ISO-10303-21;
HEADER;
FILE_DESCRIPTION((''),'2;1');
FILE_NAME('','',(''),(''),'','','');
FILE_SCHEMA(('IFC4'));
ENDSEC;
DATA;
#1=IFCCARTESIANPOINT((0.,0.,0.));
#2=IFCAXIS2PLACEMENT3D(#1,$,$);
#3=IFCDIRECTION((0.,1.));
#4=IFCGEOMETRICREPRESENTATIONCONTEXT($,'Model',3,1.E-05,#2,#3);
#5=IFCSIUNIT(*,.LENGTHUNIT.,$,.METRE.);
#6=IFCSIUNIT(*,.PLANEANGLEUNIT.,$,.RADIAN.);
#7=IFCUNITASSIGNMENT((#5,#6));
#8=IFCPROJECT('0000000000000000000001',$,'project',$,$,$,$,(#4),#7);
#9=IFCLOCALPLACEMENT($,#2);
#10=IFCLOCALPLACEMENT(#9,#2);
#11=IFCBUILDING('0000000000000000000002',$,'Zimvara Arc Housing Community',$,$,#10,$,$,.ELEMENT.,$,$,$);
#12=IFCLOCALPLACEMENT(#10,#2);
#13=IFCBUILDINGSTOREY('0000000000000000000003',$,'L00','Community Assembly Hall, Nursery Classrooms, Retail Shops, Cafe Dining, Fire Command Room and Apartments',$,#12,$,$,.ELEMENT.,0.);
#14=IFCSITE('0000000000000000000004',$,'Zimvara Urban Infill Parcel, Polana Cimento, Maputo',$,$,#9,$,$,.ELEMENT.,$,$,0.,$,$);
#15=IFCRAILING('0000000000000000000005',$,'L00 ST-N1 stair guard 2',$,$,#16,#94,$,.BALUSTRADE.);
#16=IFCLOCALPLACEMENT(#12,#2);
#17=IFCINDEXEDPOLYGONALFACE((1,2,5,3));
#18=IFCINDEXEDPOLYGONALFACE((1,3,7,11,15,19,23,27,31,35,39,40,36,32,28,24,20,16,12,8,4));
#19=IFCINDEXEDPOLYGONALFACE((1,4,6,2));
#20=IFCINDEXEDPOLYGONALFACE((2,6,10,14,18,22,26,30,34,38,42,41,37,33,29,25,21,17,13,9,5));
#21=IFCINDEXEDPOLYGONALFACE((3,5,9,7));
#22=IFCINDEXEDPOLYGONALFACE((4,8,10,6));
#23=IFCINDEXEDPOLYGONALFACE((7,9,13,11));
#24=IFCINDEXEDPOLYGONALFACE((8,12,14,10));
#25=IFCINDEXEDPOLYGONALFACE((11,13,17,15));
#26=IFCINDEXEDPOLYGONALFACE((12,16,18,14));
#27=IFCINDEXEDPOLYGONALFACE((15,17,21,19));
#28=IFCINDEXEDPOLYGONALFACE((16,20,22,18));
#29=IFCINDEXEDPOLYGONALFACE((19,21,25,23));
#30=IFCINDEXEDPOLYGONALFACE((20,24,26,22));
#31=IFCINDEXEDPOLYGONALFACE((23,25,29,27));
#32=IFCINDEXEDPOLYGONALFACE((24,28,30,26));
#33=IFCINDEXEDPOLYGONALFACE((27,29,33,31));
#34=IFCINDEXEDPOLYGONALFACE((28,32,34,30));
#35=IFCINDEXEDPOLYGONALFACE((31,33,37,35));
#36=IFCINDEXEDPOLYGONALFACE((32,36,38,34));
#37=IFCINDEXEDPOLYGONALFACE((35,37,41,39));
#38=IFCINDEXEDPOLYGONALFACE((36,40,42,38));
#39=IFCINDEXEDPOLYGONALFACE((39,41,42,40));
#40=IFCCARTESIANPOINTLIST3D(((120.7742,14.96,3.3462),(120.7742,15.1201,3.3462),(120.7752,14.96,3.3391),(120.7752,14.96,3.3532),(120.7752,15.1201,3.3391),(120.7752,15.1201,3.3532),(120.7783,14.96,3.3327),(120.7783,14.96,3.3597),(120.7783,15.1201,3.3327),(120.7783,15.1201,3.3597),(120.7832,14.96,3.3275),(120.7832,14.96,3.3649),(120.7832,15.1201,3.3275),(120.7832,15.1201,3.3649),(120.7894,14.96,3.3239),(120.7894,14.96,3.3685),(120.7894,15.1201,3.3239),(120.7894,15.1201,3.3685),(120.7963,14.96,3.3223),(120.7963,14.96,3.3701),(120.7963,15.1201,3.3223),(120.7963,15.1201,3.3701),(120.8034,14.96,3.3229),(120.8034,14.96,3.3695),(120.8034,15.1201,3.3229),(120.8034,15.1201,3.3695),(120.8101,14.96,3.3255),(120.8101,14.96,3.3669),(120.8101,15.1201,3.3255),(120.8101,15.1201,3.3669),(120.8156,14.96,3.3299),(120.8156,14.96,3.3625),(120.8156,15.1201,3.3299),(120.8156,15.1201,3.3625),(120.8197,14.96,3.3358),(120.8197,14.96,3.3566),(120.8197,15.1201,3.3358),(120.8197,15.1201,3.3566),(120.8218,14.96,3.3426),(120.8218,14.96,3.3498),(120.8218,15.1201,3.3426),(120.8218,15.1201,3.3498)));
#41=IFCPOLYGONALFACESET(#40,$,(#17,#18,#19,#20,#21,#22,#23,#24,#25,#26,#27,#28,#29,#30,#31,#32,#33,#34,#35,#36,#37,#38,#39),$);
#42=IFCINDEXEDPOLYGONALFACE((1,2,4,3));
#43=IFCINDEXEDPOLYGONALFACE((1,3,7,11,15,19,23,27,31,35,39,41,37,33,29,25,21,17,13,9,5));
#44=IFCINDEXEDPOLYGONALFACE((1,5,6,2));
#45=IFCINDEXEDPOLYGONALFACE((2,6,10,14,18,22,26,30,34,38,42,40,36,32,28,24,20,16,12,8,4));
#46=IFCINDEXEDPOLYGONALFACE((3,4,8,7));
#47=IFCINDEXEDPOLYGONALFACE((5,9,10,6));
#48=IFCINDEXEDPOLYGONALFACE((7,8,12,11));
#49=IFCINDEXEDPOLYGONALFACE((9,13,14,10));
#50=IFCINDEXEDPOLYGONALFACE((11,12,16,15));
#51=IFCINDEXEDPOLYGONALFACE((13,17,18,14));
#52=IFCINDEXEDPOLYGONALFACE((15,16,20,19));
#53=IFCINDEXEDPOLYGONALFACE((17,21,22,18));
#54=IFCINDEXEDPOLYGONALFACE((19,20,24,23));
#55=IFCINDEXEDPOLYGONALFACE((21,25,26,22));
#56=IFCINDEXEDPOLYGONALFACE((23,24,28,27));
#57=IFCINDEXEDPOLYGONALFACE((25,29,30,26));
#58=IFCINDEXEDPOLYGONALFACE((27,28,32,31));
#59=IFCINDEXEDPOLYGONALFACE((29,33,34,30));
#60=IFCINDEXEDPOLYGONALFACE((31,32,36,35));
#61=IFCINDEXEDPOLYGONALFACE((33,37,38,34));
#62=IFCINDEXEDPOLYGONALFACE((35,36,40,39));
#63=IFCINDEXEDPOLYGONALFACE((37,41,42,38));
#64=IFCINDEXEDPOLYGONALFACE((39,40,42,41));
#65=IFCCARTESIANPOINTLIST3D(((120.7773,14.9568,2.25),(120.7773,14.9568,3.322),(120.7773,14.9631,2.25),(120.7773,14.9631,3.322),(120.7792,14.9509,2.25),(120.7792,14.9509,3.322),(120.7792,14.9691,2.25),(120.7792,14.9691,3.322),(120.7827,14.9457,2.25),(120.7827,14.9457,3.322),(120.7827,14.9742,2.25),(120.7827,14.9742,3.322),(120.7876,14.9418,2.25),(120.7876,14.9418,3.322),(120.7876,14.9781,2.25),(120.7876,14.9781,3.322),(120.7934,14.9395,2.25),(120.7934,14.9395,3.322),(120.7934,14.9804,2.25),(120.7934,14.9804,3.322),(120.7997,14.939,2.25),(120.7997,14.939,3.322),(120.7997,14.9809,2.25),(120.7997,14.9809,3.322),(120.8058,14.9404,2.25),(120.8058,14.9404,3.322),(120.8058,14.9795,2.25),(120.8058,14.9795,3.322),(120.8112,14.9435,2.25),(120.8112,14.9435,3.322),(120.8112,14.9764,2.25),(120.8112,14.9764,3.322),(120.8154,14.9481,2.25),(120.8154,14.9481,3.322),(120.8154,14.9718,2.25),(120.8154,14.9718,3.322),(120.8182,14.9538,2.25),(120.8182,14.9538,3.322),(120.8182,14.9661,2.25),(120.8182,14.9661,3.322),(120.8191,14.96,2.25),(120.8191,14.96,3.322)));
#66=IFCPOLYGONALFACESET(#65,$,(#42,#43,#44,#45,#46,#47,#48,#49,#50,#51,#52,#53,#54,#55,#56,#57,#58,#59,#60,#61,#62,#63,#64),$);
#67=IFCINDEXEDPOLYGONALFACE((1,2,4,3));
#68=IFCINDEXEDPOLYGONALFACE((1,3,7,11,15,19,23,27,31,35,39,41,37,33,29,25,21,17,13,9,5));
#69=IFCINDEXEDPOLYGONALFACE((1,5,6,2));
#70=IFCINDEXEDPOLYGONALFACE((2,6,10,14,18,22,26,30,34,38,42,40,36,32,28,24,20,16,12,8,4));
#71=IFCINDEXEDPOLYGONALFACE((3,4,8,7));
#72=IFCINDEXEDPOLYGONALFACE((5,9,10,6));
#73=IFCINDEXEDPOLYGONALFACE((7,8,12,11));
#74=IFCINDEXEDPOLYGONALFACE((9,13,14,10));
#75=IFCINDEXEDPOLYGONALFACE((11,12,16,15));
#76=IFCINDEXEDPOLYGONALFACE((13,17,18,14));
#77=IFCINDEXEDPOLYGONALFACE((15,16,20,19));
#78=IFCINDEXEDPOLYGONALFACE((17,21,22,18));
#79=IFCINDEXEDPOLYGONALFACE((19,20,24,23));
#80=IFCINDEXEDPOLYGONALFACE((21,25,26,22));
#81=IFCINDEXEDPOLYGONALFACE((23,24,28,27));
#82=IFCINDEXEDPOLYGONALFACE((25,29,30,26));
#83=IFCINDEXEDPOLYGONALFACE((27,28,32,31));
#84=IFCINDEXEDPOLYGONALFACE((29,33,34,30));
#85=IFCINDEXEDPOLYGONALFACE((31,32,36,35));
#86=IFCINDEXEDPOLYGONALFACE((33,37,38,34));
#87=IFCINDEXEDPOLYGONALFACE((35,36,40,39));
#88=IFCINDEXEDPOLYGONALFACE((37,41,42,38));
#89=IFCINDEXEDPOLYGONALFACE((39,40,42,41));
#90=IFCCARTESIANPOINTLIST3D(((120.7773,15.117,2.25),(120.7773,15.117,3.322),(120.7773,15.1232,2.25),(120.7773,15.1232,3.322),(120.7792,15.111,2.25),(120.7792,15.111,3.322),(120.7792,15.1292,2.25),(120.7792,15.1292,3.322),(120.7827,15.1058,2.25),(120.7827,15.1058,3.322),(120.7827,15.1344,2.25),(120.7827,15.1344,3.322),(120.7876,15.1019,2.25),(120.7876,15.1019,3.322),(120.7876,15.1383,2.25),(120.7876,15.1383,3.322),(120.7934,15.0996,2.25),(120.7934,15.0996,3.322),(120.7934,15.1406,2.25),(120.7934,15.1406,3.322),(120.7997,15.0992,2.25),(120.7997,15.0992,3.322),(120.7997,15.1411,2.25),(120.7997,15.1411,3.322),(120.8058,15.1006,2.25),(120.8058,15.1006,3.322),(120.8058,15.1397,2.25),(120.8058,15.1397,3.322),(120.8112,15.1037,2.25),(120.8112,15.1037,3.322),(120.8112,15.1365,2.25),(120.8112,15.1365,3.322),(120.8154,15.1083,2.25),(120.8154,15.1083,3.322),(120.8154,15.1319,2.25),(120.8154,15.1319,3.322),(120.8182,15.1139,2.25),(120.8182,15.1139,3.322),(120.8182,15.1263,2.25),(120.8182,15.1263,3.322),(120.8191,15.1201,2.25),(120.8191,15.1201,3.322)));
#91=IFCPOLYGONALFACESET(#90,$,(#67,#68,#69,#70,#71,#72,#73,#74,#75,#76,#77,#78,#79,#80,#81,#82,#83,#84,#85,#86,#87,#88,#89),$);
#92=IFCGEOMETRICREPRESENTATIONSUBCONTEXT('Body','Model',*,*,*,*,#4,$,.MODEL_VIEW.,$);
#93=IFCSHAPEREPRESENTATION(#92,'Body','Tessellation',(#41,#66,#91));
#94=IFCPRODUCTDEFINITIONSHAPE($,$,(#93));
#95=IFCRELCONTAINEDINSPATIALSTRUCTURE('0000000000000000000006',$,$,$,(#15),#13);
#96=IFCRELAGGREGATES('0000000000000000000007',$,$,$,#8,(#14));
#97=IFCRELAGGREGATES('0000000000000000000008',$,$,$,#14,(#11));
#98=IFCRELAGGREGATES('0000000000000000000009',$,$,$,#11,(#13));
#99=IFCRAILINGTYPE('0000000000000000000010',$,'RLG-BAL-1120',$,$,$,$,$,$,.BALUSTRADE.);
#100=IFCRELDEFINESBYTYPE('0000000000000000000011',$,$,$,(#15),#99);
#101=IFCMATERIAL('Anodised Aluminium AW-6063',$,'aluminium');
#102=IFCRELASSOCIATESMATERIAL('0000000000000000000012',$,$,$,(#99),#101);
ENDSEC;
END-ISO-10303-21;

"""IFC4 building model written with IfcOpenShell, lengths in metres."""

from ifc_helpers import new_model, si_unit, direction, frame, origin, origin_2d, place, context, subcontext, project, spatial, circle, extrude, material, type_object, element, save


model = new_model("IFC4")

# Units and contexts
model_context = context("Model", 3, precision=1e-05, world=origin(), true_north=direction((0.0, 1.0)))
body_context = subcontext(model_context, "Body", "Model", "MODEL_VIEW")
ifc_project = project(units=[si_unit("LENGTHUNIT", "METRE"), si_unit("PLANEANGLEUNIT", "RADIAN")], contexts=[model_context])

# Site, building, storey
site_placement = place(None, origin())
site = spatial("IfcSite", under=ifc_project, at=site_placement, Name="Zimvara Urban Infill Parcel, Polana Cimento, Maputo", CompositionType="ELEMENT", RefElevation=0.0)
building_placement = place(site_placement, origin())
building = spatial("IfcBuilding", under=site, at=building_placement, Name="Zimvara Arc Housing Community", CompositionType="ELEMENT")
storey_placement = place(building_placement, origin())
storey = spatial("IfcBuildingStorey", under=building, at=storey_placement, Name="L00", Description="Community Assembly Hall, Nursery Classrooms, Retail Shops, Cafe Dining, Fire Command Room and Apartments", CompositionType="ELEMENT", Elevation=0.0)

# Railing
ifc_material_1 = material(Name="Anodised Aluminium AW-6063", Category="aluminium")
railing_type_1 = type_object("IfcRailingType", Name="RLG-BAL-1120", PredefinedType="BALUSTRADE", material=ifc_material_1)
railing_1_placement = place(storey_placement, frame((120.7981, 14.96, 2.25)))
element("IfcRailing", 1, at=railing_1_placement, inside=storey, type_object=railing_type_1, Name="L00 ST-N1 stair guard 2", PredefinedType="BALUSTRADE", context=body_context, shape_type="SweptSolid", body=[
    extrude(circle(Radius=0.0239, at=origin_2d()), frame((0.0, 0.0, 1.0962), z_axis=(0.0, 1.0, 0.0), x_axis=(-1.0, 0.0, 0.0)), (0.0, 0.0, 1.0), 0.1602),
    extrude(circle(Radius=0.021, at=origin_2d()), origin(), (0.0, 0.0, 1.0), 1.072),
    extrude(circle(Radius=0.021, at=origin_2d()), frame((0.0, 0.1602, 0.0)), (0.0, 0.0, 1.0), 1.072),
])

save(model, "model.ifc")
